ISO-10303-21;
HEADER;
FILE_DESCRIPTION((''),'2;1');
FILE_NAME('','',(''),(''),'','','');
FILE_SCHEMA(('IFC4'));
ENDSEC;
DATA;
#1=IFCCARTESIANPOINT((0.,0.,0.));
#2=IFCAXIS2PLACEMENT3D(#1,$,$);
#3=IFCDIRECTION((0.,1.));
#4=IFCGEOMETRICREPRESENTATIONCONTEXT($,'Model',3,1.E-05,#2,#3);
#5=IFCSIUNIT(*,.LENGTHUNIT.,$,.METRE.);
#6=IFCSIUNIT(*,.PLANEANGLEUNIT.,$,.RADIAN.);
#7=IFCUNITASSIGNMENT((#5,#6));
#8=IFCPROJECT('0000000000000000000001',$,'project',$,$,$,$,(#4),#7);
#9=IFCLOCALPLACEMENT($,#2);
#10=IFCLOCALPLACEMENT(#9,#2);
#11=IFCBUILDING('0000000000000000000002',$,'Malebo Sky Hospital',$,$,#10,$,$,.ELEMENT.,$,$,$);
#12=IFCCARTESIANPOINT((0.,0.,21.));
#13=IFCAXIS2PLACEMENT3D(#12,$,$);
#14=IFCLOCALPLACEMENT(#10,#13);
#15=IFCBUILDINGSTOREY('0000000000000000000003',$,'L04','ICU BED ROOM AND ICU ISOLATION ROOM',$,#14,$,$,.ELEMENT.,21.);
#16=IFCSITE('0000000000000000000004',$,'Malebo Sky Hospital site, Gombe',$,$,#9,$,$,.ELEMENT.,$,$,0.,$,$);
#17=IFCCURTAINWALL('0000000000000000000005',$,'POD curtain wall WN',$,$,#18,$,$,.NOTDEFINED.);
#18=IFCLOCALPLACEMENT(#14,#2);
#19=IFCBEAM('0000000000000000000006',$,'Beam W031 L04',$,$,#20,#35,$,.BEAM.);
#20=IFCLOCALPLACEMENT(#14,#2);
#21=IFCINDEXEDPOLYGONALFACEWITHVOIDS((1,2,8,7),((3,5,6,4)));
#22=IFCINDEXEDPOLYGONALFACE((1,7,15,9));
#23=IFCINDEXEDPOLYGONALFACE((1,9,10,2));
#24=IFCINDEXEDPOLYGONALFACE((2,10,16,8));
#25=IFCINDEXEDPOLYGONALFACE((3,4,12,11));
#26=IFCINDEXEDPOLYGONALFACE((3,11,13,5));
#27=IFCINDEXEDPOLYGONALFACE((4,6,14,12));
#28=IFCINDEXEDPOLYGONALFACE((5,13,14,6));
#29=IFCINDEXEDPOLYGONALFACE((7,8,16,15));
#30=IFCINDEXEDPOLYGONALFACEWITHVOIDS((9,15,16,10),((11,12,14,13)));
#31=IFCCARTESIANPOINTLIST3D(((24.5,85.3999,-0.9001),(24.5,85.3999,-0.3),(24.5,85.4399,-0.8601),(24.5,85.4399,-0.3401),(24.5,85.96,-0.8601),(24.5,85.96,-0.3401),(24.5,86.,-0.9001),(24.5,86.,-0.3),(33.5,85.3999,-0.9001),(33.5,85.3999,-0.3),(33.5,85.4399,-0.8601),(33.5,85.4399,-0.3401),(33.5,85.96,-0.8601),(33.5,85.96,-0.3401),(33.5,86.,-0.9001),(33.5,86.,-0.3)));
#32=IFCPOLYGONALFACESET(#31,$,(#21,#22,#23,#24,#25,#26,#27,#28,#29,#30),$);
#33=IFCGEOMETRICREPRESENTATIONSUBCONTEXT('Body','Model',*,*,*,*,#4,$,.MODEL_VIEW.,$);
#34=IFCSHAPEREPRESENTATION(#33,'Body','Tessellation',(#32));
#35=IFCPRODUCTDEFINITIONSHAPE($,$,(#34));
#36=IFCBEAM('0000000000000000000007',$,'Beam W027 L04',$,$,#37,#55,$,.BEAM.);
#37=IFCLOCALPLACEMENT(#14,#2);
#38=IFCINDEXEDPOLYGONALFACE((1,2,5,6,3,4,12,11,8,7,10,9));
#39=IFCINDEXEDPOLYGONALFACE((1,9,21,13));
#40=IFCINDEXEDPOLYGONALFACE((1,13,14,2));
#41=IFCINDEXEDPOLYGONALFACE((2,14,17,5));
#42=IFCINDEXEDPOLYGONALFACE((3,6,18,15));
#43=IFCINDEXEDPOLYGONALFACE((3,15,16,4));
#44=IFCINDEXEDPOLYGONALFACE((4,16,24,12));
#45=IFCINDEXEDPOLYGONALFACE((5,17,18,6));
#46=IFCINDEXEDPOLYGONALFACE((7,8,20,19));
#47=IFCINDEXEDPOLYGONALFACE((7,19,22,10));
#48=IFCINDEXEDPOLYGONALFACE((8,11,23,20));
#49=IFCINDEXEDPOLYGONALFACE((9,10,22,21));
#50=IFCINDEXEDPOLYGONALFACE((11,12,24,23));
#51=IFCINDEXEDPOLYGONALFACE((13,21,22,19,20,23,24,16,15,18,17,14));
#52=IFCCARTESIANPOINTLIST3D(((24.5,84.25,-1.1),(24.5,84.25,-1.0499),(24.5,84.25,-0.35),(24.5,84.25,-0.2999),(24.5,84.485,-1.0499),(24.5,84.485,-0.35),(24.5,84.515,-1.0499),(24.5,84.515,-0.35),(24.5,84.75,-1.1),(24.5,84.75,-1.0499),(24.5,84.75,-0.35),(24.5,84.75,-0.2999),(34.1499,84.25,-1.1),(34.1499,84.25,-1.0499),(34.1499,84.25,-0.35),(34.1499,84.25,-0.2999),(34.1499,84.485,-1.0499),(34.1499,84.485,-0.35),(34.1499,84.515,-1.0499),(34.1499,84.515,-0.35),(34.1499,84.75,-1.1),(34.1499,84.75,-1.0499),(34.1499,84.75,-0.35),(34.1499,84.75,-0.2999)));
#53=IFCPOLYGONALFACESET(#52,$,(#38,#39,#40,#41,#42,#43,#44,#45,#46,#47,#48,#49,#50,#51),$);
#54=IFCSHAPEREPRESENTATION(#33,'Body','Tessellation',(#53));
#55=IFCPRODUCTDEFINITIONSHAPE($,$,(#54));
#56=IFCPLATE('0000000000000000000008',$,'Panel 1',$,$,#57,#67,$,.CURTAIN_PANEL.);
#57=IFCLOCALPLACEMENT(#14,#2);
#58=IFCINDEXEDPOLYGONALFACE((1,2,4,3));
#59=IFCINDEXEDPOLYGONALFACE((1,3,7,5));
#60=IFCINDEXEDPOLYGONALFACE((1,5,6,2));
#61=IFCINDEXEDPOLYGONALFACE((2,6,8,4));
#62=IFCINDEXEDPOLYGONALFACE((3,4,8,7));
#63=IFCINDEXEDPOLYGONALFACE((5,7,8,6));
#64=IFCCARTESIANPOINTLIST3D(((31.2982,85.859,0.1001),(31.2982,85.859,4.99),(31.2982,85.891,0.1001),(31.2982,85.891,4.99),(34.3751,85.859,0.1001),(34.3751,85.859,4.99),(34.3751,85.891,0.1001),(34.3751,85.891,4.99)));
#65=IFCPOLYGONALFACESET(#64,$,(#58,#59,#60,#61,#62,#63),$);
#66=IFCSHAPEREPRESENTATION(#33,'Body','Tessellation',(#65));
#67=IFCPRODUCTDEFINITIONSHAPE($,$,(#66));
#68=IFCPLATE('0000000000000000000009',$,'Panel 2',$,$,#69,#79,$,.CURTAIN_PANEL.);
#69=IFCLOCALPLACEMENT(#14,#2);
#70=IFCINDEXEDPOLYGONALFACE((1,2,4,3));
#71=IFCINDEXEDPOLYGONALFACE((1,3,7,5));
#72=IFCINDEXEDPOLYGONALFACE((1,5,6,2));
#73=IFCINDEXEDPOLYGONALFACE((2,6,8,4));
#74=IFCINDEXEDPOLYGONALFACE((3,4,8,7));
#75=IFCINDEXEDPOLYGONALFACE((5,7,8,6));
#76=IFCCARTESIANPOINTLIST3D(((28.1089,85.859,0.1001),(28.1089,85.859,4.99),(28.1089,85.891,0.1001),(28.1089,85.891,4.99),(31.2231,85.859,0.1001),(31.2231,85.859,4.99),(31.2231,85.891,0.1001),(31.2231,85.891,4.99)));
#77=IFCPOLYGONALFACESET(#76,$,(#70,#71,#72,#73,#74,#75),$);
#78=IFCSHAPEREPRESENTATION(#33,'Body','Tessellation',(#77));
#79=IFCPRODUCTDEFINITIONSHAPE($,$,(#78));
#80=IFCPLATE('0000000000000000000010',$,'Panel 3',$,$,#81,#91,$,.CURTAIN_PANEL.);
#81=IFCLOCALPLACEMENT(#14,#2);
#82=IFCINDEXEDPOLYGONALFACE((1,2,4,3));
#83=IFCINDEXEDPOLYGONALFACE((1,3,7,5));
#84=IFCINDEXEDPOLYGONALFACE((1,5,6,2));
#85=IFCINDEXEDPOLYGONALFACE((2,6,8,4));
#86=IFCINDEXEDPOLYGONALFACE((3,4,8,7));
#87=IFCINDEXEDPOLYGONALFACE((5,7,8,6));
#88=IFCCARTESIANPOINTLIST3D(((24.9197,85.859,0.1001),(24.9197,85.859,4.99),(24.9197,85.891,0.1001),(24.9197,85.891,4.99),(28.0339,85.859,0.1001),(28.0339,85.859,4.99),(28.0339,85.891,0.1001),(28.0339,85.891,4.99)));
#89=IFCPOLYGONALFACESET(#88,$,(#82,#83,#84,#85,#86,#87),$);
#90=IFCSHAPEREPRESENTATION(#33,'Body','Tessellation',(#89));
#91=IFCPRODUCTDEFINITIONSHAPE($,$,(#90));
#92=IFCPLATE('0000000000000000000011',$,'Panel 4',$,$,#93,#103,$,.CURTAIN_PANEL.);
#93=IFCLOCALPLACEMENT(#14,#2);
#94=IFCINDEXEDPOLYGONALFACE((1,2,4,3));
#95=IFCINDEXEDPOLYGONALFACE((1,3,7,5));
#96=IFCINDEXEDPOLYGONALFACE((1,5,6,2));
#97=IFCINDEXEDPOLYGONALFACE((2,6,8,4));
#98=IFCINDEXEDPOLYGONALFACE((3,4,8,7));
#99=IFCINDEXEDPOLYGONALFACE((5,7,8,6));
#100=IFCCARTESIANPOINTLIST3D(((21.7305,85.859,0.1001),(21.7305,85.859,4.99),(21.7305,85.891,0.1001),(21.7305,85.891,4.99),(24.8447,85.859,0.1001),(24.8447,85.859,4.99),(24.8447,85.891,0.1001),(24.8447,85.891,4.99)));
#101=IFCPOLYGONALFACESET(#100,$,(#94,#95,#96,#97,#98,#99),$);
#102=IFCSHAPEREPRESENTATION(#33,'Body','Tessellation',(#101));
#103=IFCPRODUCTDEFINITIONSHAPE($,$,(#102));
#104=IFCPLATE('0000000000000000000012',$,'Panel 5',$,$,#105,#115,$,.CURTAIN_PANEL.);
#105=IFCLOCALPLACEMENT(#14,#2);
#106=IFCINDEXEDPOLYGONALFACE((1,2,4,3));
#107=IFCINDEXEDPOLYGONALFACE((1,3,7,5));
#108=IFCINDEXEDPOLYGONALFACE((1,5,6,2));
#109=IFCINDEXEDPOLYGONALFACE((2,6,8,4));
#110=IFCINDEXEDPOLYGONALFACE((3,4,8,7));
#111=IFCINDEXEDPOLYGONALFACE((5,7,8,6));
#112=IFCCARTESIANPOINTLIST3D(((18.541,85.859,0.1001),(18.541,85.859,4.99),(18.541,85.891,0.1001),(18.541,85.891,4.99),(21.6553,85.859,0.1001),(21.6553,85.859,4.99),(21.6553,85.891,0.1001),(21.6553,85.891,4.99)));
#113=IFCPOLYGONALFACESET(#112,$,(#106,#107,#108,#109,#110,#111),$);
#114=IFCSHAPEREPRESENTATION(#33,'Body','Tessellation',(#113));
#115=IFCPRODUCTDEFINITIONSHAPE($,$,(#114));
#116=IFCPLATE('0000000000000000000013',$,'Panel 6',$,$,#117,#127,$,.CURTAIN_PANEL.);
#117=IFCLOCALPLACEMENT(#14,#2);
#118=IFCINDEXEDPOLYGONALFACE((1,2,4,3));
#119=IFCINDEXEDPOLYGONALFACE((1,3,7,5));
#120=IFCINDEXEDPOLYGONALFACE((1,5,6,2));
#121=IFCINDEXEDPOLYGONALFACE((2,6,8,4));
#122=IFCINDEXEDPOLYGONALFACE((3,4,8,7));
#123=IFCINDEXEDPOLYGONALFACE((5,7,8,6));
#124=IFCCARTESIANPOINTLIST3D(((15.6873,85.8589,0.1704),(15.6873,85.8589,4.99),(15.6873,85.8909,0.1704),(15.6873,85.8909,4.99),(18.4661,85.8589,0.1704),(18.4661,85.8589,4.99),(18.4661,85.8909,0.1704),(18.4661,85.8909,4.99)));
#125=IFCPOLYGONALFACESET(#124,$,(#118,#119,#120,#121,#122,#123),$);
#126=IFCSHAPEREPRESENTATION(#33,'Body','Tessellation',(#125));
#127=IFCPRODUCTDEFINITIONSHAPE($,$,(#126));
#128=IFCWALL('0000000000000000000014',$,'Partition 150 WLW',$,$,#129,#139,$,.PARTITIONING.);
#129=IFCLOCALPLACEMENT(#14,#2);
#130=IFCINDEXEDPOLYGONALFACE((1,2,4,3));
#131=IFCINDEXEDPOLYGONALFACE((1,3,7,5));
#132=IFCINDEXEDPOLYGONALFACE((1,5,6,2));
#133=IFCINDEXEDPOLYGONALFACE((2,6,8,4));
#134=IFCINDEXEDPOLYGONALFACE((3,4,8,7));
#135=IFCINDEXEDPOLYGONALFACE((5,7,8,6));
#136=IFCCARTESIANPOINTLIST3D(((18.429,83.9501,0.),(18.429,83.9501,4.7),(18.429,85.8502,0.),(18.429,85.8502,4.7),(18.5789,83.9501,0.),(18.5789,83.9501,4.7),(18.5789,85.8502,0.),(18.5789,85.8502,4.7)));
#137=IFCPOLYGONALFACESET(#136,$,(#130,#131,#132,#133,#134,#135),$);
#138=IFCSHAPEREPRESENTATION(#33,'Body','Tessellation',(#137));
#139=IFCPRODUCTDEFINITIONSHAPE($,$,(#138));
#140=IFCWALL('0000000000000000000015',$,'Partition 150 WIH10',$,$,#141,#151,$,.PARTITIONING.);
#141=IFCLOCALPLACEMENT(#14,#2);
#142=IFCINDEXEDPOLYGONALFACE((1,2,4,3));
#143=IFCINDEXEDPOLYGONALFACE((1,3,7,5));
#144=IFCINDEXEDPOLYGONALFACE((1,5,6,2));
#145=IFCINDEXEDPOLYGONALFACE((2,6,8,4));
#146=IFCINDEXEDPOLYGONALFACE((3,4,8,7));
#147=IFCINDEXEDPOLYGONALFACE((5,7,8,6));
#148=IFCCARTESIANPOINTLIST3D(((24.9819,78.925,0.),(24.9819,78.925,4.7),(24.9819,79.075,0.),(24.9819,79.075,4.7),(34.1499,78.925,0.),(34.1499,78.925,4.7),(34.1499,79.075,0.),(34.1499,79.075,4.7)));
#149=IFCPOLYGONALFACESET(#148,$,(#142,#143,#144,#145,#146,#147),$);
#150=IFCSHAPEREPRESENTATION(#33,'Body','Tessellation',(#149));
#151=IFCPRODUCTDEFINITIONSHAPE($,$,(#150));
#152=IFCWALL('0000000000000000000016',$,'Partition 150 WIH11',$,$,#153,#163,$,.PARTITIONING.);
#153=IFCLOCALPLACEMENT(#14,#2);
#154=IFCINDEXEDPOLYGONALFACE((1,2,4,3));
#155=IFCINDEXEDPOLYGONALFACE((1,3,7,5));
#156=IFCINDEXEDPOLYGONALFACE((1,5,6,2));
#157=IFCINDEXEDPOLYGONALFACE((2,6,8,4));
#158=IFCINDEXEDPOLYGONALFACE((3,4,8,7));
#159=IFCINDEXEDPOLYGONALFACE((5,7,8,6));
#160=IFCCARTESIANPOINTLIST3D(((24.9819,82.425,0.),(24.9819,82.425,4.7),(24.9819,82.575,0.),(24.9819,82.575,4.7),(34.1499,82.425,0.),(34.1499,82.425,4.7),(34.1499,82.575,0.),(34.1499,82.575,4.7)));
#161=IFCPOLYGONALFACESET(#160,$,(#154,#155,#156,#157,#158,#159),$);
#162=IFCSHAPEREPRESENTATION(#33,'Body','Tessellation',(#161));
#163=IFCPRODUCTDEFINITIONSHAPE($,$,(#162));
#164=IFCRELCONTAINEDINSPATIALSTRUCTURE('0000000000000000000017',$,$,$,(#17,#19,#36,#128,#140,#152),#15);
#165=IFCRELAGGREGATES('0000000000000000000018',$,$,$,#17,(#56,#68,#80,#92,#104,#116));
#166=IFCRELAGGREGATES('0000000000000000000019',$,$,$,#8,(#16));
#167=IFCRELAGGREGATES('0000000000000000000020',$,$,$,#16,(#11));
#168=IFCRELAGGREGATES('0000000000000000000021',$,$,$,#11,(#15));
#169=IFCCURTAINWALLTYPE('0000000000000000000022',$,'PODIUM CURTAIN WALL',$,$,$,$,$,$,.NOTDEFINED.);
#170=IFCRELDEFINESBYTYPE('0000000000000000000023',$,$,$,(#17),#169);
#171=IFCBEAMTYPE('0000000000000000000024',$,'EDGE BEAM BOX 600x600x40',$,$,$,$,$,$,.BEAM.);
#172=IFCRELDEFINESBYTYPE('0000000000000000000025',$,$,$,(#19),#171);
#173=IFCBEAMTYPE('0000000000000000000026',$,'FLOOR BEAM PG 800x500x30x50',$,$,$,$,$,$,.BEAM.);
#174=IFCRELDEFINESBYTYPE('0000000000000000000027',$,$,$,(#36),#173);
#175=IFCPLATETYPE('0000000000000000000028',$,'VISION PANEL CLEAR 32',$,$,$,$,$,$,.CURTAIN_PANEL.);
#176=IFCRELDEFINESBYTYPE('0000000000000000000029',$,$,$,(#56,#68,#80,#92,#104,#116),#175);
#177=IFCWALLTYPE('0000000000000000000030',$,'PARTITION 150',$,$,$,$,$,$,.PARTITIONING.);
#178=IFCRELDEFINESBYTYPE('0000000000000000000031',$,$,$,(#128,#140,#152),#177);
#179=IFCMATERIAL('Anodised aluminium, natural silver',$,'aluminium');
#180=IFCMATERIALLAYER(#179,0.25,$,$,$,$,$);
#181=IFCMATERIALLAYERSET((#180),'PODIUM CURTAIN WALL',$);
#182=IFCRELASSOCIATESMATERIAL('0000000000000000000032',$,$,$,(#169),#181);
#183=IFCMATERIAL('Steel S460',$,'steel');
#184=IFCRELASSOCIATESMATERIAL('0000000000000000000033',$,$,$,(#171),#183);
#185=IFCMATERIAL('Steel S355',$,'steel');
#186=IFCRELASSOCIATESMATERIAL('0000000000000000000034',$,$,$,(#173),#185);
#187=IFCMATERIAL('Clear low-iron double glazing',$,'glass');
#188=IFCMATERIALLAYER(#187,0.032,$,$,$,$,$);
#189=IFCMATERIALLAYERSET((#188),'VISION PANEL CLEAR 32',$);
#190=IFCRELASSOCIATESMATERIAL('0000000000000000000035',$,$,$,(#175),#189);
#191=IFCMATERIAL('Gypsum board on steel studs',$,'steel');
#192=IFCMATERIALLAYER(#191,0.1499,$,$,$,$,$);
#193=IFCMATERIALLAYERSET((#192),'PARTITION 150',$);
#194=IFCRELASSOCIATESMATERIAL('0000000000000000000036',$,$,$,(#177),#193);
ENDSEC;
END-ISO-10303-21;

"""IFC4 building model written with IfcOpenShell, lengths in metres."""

from ifc_helpers import new_model, si_unit, direction, frame, frame_2d, origin, origin_2d, place, context, subcontext, project, spatial, polyline, rectangle, hollow_rectangle, i_section, outline, extrude, material, layer, layer_set, material_profile, profile_set, type_object, element, aggregate, save


model = new_model("IFC4")

# Units and contexts
model_context = context("Model", 3, precision=1e-05, world=origin(), true_north=direction((0.0, 1.0)))
body_context = subcontext(model_context, "Body", "Model", "MODEL_VIEW")
ifc_project = project(units=[si_unit("LENGTHUNIT", "METRE"), si_unit("PLANEANGLEUNIT", "RADIAN")], contexts=[model_context])

# Site, building, storey
site_placement = place(None, origin())
site = spatial("IfcSite", under=ifc_project, at=site_placement, Name="Malebo Sky Hospital site, Gombe", CompositionType="ELEMENT", RefElevation=0.0)
building_placement = place(site_placement, origin())
building = spatial("IfcBuilding", under=site, at=building_placement, Name="Malebo Sky Hospital", CompositionType="ELEMENT")
storey_placement = place(building_placement, frame((0.0, 0.0, 21.0)))
storey = spatial("IfcBuildingStorey", under=building, at=storey_placement, Name="L04", Description="ICU BED ROOM AND ICU ISOLATION ROOM", CompositionType="ELEMENT", Elevation=21.0)

# Shared definitions
ifc_material_1 = material(Name="Steel S355", Category="steel")

# Curtain wall
ifc_material_2 = material(Name="Anodised aluminium, natural silver", Category="aluminium")
ifc_layer_1 = layer(ifc_material_2, 0.25)
ifc_layer_set_1 = layer_set([ifc_layer_1], Name="PODIUM CURTAIN WALL")
curtain_wall_type = type_object("IfcCurtainWallType", Name="PODIUM CURTAIN WALL", PredefinedType="NOTDEFINED", material=ifc_layer_set_1)
curtain_wall_placement = place(storey_placement, origin())
curtain_wall = element("IfcCurtainWall", 1, at=curtain_wall_placement, inside=storey, type_object=curtain_wall_type, Name="POD curtain wall WN", PredefinedType="NOTDEFINED")

# Beams
ifc_material_3 = material(Name="Steel S460", Category="steel")
ifc_material_profile_1 = material_profile(ifc_material_3, hollow_rectangle(XDim=0.6001, YDim=0.6001, WallThickness=0.04, at=origin_2d()), Name="BOX 600x600x40")
ifc_profile_set_1 = profile_set([ifc_material_profile_1], Name="Steel S460")
beam_type_1 = type_object("IfcBeamType", Name="EDGE BEAM BOX 600x600x40", PredefinedType="BEAM", material=ifc_profile_set_1)
beam_1_placement = place(storey_placement, frame((24.5, 85.7, -0.6001), z_axis=(1.0, 0.0, 0.0), x_axis=(0.0, 1.0, 0.0)))
element("IfcBeam", 2, at=beam_1_placement, inside=storey, type_object=beam_type_1, Name="Beam W031 L04", PredefinedType="BEAM", context=body_context, shape_type="SweptSolid", body=[
    extrude(hollow_rectangle(XDim=0.6001, YDim=0.6001, WallThickness=0.04, at=origin_2d()), origin(), (0.0, 0.0, 1.0), 9.0),
])
ifc_material_profile_2 = material_profile(ifc_material_1, i_section(OverallWidth=0.5, OverallDepth=0.8, WebThickness=0.03, FlangeThickness=0.05, at=origin_2d()), Name="PG 800x500x30x50")
ifc_profile_set_2 = profile_set([ifc_material_profile_2], Name="Steel S355")
beam_type_2 = type_object("IfcBeamType", Name="FLOOR BEAM PG 800x500x30x50", PredefinedType="BEAM", material=ifc_profile_set_2)
beam_2_placement = place(storey_placement, frame((24.5, 84.5, -0.7), z_axis=(1.0, 0.0, 0.0), x_axis=(0.0, 1.0, 0.0)))
element("IfcBeam", 3, at=beam_2_placement, inside=storey, type_object=beam_type_2, Name="Beam W027 L04", PredefinedType="BEAM", context=body_context, shape_type="SweptSolid", body=[
    extrude(i_section(OverallWidth=0.5, OverallDepth=0.8, WebThickness=0.03, FlangeThickness=0.05, at=origin_2d()), origin(), (0.0, 0.0, 1.0), 9.6499),
])

# Plates
ifc_material_4 = material(Name="Clear low-iron double glazing", Category="glass")
ifc_layer_2 = layer(ifc_material_4, 0.032)
ifc_layer_set_2 = layer_set([ifc_layer_2], Name="VISION PANEL CLEAR 32")
plate_type = type_object("IfcPlateType", Name="VISION PANEL CLEAR 32", PredefinedType="CURTAIN_PANEL", material=ifc_layer_set_2)
plate_1_placement = place(storey_placement, frame((32.8367, 85.875, 0.1001), z_axis=(0.0, 0.0, 1.0), x_axis=(-1.0, 0.0, 0.0)))
plate_1 = element("IfcPlate", 4, at=plate_1_placement, type_object=plate_type, Name="Panel 1", PredefinedType="CURTAIN_PANEL", context=body_context, shape_type="SweptSolid", body=[
    extrude(rectangle(XDim=3.0769, YDim=0.032, at=origin_2d()), origin(), (0.0, 0.0, 1.0), 4.8899),
])
plate_2_placement = place(storey_placement, frame((29.666, 85.875, 0.1001), z_axis=(0.0, 0.0, 1.0), x_axis=(-1.0, 0.0, 0.0)))
plate_2 = element("IfcPlate", 5, at=plate_2_placement, type_object=plate_type, Name="Panel 2", PredefinedType="CURTAIN_PANEL", context=body_context, shape_type="SweptSolid", body=[
    extrude(rectangle(XDim=3.1143, YDim=0.032, at=origin_2d()), origin(), (0.0, 0.0, 1.0), 4.8899),
])
plate_3_placement = place(storey_placement, frame((26.4768, 85.875, 0.1001), z_axis=(0.0, 0.0, 1.0), x_axis=(-1.0, 0.0, 0.0)))
plate_3 = element("IfcPlate", 6, at=plate_3_placement, type_object=plate_type, Name="Panel 3", PredefinedType="CURTAIN_PANEL", context=body_context, shape_type="SweptSolid", body=[
    extrude(rectangle(XDim=3.1143, YDim=0.032, at=origin_2d()), origin(), (0.0, 0.0, 1.0), 4.8899),
])
plate_4_placement = place(storey_placement, frame((23.2876, 85.875, 0.1001), z_axis=(0.0, 0.0, 1.0), x_axis=(-1.0, 0.0, 0.0)))
plate_4 = element("IfcPlate", 7, at=plate_4_placement, type_object=plate_type, Name="Panel 4", PredefinedType="CURTAIN_PANEL", context=body_context, shape_type="SweptSolid", body=[
    extrude(rectangle(XDim=3.1143, YDim=0.032, at=origin_2d()), origin(), (0.0, 0.0, 1.0), 4.8899),
])
plate_5_placement = place(storey_placement, frame((20.0981, 85.875, 0.1001), z_axis=(0.0, 0.0, 1.0), x_axis=(-1.0, 0.0, 0.0)))
plate_5 = element("IfcPlate", 8, at=plate_5_placement, type_object=plate_type, Name="Panel 5", PredefinedType="CURTAIN_PANEL", context=body_context, shape_type="SweptSolid", body=[
    extrude(rectangle(XDim=3.1143, YDim=0.032, at=origin_2d()), origin(), (0.0, 0.0, 1.0), 4.8899),
])
plate_6_placement = place(storey_placement, frame((17.0767, 85.875, 0.1704), z_axis=(0.0, 0.0, 1.0), x_axis=(-1.0, 0.0, 0.0)))
plate_6 = element("IfcPlate", 9, at=plate_6_placement, type_object=plate_type, Name="Panel 6", PredefinedType="CURTAIN_PANEL", context=body_context, shape_type="SweptSolid", body=[
    extrude(outline(polyline([(-1.3894, 0.0), (1.3894, 0.0), (1.3894, 4.8196), (-1.3894, 4.8196), (-1.3894, 0.0)])), frame((0.0, 0.0161, 0.0), z_axis=(0.0, -1.0, 0.0), x_axis=(1.0, 0.0, 0.0)), (0.0, 0.0, 1.0), 0.032),
])
aggregate(curtain_wall, [plate_1, plate_2, plate_3, plate_4, plate_5, plate_6])

# Walls
ifc_material_5 = material(Name="Gypsum board on steel studs", Category="steel")
ifc_layer_3 = layer(ifc_material_5, 0.1499)
ifc_layer_set_3 = layer_set([ifc_layer_3], Name="PARTITION 150")
wall_type_1 = type_object("IfcWallType", Name="PARTITION 150", PredefinedType="PARTITIONING", material=ifc_layer_set_3)
wall_1_placement = place(storey_placement, frame((18.5039, 83.95, 0.0), z_axis=(0.0, 0.0, 1.0), x_axis=(0.0, 1.0, 0.0)))
element("IfcWall", 10, at=wall_1_placement, inside=storey, type_object=wall_type_1, Name="Partition 150 WLW", PredefinedType="PARTITIONING", context=body_context, shape_type="SweptSolid", body=[
    extrude(rectangle(XDim=1.9001, YDim=0.1499, at=frame_2d((0.9502, 0.0))), origin(), (0.0, 0.0, 1.0), 4.7),
])
for number, where, z_axis, x_axis, name in (
    (11, (24.9819, 79.0, 0.0), (0.0, 0.0, 1.0), (1.0, 0.0, 0.0), "Partition 150 WIH10"),
    (12, (24.9819, 82.5, 0.0), (0.0, 0.0, 1.0), (1.0, 0.0, 0.0), "Partition 150 WIH11"),
):
    element("IfcWall", number, at=place(storey_placement, frame(where, z_axis=z_axis, x_axis=x_axis)), inside=storey, type_object=wall_type_1, Name=name, PredefinedType="PARTITIONING", context=body_context, shape_type="SweptSolid", body=[
        extrude(rectangle(XDim=9.168, YDim=0.1499, at=frame_2d((4.584, 0.0))), origin(), (0.0, 0.0, 1.0), 4.7),
    ])

save(model, "model.ifc")
